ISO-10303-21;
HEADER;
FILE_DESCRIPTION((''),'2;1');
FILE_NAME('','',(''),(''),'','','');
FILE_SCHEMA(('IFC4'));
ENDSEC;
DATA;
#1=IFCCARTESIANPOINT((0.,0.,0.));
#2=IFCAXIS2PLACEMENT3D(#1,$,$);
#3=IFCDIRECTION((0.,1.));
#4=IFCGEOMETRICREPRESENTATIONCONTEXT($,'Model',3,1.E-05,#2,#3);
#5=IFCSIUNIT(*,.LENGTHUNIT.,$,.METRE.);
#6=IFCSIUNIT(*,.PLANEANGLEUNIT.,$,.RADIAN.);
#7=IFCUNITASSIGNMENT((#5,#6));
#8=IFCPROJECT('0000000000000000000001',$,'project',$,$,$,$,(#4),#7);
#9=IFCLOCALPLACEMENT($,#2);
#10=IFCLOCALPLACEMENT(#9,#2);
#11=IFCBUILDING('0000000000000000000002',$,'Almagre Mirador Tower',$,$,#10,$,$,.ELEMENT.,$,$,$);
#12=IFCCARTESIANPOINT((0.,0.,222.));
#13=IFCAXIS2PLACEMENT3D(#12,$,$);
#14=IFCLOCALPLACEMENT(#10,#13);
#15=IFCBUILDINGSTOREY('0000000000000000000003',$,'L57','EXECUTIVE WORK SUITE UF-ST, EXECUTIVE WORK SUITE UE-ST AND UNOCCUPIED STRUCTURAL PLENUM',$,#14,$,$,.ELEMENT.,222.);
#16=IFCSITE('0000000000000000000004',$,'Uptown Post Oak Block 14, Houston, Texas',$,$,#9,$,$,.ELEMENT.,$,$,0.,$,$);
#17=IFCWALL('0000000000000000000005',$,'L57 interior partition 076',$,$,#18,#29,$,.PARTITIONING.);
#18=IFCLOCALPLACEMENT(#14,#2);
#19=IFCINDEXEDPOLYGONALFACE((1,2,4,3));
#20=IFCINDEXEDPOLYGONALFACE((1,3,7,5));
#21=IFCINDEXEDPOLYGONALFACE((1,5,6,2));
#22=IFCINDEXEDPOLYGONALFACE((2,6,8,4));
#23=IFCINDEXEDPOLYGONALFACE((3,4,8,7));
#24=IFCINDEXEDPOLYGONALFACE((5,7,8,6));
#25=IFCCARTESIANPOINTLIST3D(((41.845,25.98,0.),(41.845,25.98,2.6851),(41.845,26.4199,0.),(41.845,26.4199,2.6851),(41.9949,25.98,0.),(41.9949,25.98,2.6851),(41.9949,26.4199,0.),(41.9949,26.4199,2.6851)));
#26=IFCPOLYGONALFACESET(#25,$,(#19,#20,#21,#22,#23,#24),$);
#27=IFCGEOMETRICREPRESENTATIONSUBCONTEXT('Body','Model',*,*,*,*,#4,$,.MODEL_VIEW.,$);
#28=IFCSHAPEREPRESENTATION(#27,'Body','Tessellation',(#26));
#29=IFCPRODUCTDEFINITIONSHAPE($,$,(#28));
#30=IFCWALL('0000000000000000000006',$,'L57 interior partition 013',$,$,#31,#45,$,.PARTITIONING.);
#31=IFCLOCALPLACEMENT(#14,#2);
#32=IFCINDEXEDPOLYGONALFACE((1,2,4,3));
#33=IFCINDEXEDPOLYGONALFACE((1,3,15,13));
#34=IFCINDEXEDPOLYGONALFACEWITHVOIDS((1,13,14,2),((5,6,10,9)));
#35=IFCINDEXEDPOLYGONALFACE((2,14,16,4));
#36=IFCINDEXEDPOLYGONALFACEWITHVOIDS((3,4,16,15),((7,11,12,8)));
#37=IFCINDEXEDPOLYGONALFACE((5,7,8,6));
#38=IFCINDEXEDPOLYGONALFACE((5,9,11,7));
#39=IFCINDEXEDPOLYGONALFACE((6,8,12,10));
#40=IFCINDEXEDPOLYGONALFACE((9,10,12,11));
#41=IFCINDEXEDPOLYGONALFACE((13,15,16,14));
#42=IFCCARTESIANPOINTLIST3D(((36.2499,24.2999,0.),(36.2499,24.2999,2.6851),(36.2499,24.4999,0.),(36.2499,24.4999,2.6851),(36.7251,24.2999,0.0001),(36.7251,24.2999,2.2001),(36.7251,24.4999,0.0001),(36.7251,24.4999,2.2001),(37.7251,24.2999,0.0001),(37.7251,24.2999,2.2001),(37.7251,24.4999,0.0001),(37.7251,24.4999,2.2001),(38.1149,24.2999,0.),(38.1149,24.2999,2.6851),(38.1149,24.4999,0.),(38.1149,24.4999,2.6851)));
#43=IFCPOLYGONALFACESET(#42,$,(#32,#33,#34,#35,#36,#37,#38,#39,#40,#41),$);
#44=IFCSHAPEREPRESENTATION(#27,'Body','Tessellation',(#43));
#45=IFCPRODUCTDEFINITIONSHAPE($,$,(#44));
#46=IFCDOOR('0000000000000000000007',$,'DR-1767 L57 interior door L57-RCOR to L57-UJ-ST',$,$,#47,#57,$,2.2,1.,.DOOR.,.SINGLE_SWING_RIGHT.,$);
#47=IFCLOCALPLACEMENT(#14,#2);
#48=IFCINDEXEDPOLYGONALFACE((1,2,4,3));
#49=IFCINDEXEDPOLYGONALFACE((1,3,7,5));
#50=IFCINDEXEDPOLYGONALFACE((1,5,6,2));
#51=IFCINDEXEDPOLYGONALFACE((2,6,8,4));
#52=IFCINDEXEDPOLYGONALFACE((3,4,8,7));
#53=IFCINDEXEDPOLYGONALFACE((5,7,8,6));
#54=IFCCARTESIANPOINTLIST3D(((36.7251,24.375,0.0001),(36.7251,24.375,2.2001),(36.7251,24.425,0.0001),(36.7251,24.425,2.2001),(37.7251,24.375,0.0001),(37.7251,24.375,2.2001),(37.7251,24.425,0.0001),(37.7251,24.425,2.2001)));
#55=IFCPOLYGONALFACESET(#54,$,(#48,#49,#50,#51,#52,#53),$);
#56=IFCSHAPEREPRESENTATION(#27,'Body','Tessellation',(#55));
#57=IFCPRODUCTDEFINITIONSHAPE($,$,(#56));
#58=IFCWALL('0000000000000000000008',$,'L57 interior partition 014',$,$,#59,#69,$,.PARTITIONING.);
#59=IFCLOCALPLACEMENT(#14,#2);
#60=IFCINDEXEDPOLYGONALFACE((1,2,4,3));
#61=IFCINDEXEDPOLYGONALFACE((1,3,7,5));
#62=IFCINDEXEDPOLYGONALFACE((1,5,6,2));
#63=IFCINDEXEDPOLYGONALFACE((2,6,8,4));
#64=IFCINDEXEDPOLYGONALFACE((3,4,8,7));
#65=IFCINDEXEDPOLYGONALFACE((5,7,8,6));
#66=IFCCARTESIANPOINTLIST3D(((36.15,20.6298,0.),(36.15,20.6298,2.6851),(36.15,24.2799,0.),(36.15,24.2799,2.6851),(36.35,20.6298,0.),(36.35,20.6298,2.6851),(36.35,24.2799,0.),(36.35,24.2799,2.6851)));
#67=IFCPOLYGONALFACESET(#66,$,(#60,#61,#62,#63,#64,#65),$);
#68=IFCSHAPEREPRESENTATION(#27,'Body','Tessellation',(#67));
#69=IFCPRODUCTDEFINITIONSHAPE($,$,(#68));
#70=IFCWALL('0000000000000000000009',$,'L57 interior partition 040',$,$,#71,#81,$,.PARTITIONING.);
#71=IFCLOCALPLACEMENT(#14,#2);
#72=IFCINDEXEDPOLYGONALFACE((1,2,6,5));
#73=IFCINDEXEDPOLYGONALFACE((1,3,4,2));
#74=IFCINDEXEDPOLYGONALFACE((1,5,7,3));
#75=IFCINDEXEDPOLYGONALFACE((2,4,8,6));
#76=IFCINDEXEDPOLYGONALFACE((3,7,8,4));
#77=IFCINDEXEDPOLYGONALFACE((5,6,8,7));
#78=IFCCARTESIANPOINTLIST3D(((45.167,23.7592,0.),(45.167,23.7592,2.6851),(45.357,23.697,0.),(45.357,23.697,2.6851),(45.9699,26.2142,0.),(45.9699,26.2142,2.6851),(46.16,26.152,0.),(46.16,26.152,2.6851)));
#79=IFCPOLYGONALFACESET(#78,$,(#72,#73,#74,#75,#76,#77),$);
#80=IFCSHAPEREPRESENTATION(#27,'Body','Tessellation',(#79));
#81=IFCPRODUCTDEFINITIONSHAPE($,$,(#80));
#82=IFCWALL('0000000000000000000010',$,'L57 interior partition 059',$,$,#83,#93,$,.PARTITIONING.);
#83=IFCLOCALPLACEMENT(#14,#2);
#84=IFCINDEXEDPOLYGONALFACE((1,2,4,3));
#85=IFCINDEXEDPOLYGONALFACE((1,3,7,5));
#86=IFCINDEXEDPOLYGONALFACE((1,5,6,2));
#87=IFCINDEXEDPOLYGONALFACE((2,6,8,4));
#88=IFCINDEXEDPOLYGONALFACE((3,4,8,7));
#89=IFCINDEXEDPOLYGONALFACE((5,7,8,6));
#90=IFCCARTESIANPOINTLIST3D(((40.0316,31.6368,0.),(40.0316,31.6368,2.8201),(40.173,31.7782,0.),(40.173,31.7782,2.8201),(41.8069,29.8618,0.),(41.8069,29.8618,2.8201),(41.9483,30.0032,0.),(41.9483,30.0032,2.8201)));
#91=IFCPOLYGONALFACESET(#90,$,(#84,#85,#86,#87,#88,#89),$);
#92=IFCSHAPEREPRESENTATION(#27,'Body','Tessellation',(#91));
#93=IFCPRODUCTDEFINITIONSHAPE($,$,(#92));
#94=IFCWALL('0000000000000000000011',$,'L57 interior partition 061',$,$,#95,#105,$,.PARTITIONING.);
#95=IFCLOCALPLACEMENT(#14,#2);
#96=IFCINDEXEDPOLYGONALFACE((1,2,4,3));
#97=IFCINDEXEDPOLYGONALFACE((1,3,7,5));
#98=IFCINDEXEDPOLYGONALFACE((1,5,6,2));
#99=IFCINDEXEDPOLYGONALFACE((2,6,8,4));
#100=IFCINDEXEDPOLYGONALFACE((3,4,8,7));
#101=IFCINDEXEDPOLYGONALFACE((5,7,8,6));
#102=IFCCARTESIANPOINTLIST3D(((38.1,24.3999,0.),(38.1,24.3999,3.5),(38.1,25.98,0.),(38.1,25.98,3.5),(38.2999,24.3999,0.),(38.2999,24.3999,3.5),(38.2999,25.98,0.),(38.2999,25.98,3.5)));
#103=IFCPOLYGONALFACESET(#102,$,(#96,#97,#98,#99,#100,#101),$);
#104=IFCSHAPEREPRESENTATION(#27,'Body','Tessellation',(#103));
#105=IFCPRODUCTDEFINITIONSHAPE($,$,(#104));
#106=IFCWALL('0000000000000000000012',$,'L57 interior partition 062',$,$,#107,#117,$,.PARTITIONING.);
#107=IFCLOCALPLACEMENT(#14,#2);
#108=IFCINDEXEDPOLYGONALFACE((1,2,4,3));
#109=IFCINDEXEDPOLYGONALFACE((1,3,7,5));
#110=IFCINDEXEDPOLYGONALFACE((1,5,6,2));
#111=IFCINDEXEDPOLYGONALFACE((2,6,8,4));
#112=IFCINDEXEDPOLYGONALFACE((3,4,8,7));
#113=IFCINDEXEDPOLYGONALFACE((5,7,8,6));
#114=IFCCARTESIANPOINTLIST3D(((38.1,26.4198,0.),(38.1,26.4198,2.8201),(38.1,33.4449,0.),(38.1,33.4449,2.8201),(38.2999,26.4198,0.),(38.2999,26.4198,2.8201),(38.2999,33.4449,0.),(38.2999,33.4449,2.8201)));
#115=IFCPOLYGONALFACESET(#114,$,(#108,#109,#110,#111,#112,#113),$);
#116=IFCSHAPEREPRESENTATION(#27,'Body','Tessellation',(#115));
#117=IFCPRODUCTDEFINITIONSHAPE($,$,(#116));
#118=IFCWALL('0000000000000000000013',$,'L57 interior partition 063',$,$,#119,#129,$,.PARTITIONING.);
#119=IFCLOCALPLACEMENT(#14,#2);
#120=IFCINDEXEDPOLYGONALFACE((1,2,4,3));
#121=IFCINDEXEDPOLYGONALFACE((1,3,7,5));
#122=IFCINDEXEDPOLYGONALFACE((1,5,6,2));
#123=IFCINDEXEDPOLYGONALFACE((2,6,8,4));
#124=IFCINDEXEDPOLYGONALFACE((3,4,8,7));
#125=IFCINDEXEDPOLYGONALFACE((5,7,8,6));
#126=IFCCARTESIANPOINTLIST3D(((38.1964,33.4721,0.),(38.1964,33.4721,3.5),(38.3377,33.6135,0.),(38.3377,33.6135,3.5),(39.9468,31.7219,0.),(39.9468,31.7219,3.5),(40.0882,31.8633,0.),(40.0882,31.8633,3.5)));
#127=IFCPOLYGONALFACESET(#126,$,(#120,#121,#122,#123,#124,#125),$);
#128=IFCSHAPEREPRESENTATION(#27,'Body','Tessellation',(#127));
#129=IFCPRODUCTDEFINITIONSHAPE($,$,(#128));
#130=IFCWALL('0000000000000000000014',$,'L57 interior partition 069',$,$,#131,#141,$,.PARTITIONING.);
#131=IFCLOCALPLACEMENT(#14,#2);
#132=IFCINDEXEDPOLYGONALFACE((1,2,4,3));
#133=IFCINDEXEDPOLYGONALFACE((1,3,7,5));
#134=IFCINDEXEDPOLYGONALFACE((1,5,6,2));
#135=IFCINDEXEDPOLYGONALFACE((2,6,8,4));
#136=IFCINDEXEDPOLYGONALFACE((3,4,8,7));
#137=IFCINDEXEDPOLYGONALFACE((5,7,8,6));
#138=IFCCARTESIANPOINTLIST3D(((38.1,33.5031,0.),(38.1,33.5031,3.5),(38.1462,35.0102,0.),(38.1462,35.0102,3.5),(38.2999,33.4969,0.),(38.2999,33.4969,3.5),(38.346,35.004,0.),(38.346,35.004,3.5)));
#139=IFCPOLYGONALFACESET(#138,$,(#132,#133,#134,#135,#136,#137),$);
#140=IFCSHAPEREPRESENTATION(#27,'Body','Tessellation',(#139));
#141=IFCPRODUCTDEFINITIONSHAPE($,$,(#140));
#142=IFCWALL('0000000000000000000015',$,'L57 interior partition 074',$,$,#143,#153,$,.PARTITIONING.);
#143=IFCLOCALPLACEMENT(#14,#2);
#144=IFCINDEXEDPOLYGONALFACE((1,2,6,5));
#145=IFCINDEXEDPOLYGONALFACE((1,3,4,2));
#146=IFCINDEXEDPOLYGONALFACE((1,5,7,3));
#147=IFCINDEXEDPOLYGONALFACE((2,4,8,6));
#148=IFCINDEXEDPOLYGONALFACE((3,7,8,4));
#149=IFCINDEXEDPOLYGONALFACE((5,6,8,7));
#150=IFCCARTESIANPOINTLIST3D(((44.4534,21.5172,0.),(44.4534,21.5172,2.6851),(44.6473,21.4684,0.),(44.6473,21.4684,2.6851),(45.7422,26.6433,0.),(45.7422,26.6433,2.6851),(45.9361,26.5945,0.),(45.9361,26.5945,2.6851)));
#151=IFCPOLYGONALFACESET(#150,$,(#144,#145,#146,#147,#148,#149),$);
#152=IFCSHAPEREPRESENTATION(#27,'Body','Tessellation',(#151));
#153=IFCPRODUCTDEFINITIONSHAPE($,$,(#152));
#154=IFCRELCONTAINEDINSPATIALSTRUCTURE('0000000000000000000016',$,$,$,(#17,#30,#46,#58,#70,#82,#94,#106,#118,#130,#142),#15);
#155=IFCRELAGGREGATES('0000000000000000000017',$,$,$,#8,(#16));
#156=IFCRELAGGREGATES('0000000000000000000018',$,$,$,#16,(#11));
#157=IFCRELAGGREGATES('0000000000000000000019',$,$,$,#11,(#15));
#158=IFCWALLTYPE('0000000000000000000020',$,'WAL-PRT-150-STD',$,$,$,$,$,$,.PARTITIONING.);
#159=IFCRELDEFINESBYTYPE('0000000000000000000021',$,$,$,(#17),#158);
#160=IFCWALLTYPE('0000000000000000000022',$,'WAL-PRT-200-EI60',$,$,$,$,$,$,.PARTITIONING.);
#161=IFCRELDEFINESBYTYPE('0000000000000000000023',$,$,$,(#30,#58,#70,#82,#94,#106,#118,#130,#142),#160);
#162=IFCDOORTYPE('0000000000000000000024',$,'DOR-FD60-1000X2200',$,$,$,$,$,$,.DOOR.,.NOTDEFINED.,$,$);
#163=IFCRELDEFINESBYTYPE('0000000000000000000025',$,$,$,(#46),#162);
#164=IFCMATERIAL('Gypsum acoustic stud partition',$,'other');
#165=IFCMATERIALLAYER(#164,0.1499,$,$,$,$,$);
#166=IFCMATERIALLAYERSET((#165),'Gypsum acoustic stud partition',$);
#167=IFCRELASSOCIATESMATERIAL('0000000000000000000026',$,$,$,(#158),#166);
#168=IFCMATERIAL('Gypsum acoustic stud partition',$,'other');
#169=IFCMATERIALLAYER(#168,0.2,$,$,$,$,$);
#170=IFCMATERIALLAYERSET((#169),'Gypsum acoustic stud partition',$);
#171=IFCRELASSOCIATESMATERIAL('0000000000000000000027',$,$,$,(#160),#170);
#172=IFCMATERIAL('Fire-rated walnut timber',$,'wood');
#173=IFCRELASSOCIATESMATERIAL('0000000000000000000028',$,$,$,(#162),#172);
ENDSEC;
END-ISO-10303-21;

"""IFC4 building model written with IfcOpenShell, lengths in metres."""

from ifc_helpers import new_model, si_unit, direction, frame, frame_2d, origin, place, context, subcontext, project, spatial, rectangle, extrude, material, layer, layer_set, type_object, element, fill, save


model = new_model("IFC4")

# Units and contexts
model_context = context("Model", 3, precision=1e-05, world=origin(), true_north=direction((0.0, 1.0)))
body_context = subcontext(model_context, "Body", "Model", "MODEL_VIEW")
ifc_project = project(units=[si_unit("LENGTHUNIT", "METRE"), si_unit("PLANEANGLEUNIT", "RADIAN")], contexts=[model_context])

# Site, building, storey
site_placement = place(None, origin())
site = spatial("IfcSite", under=ifc_project, at=site_placement, Name="Uptown Post Oak Block 14, Houston, Texas", CompositionType="ELEMENT", RefElevation=0.0)
building_placement = place(site_placement, origin())
building = spatial("IfcBuilding", under=site, at=building_placement, Name="Almagre Mirador Tower", CompositionType="ELEMENT")
storey_placement = place(building_placement, frame((0.0, 0.0, 222.0)))
storey = spatial("IfcBuildingStorey", under=building, at=storey_placement, Name="L57", Description="EXECUTIVE WORK SUITE UF-ST, EXECUTIVE WORK SUITE UE-ST AND UNOCCUPIED STRUCTURAL PLENUM", CompositionType="ELEMENT", Elevation=222.0)

# Wall
ifc_material_1 = material(Name="Gypsum acoustic stud partition", Category="other")
ifc_layer_1 = layer(ifc_material_1, 0.1499)
ifc_layer_set_1 = layer_set([ifc_layer_1], Name="Gypsum acoustic stud partition")
wall_type_1 = type_object("IfcWallType", Name="WAL-PRT-150-STD", PredefinedType="PARTITIONING", material=ifc_layer_set_1)
wall_1_placement = place(storey_placement, frame((41.9199, 25.98, 0.0), z_axis=(0.0, 0.0, 1.0), x_axis=(0.0, 1.0, 0.0)))
element("IfcWall", 1, at=wall_1_placement, inside=storey, type_object=wall_type_1, Name="L57 interior partition 076", PredefinedType="PARTITIONING", context=body_context, shape_type="SweptSolid", body=[
    extrude(rectangle(XDim=0.4399, YDim=0.1499, at=frame_2d((0.22, 0.0))), origin(), (0.0, 0.0, 1.0), 2.6851),
])

# Wall, opening, door
ifc_material_2 = material(Name="Gypsum acoustic stud partition", Category="other")
ifc_layer_2 = layer(ifc_material_2, 0.2)
ifc_layer_set_2 = layer_set([ifc_layer_2], Name="Gypsum acoustic stud partition")
wall_type_2 = type_object("IfcWallType", Name="WAL-PRT-200-EI60", PredefinedType="PARTITIONING", material=ifc_layer_set_2)
wall_2_placement = place(storey_placement, frame((38.115, 24.3999, 0.0), z_axis=(0.0, 0.0, 1.0), x_axis=(-1.0, 0.0, 0.0)))
wall_2 = element("IfcWall", 2, at=wall_2_placement, inside=storey, type_object=wall_type_2, Name="L57 interior partition 013", PredefinedType="PARTITIONING", context=body_context, shape_type="SweptSolid", body=[
    extrude(rectangle(XDim=1.865, YDim=0.2, at=frame_2d((0.9326, 0.0))), origin(), (0.0, 0.0, 1.0), 2.6851),
])
opening_1_placement = place(wall_2_placement, frame((0.3899, 0.0, 0.0)))
opening_1 = element("IfcOpeningElement", 3, at=opening_1_placement, cuts=wall_2, PredefinedType="OPENING", context=body_context, shape_type="SweptSolid", body=[
    extrude(rectangle(XDim=1.0, YDim=2.2, at=frame_2d((0.5, 1.1001))), frame((0.0, 0.1101, 0.0), z_axis=(0.0, -1.0, 0.0), x_axis=(1.0, 0.0, 0.0)), (0.0, 0.0, 1.0), 0.22),
])
ifc_material_3 = material(Name="Fire-rated walnut timber", Category="wood")
door_type = type_object("IfcDoorType", Name="DOR-FD60-1000X2200", OperationType="NOTDEFINED", PredefinedType="DOOR", material=ifc_material_3)
door_placement = place(opening_1_placement, origin())
door = element("IfcDoor", 4, at=door_placement, inside=storey, type_object=door_type, Name="DR-1767 L57 interior door L57-RCOR to L57-UJ-ST", OperationType="SINGLE_SWING_RIGHT", OverallHeight=2.2, OverallWidth=1.0, PredefinedType="DOOR", context=body_context, shape_type="SweptSolid", body=[
    extrude(rectangle(XDim=1.0, YDim=2.2, at=frame_2d((0.5, 1.1001))), frame((0.0, 0.0249, 0.0), z_axis=(0.0, -1.0, 0.0), x_axis=(1.0, 0.0, 0.0)), (0.0, 0.0, 1.0), 0.05),
])
fill(opening_1, door)

# Walls
wall_3_placement = place(storey_placement, frame((36.25, 24.28, 0.0), z_axis=(0.0, 0.0, 1.0), x_axis=(0.0, -1.0, 0.0)))
element("IfcWall", 5, at=wall_3_placement, inside=storey, type_object=wall_type_2, Name="L57 interior partition 014", PredefinedType="PARTITIONING", context=body_context, shape_type="SweptSolid", body=[
    extrude(rectangle(XDim=3.6501, YDim=0.2, at=frame_2d((1.8252, 0.0))), origin(), (0.0, 0.0, 1.0), 2.6851),
])
wall_4_placement = place(storey_placement, frame((46.0649, 26.1831, 0.0), z_axis=(0.0, 0.0, 1.0), x_axis=(-0.310864, -0.950455, 0.0)))
element("IfcWall", 6, at=wall_4_placement, inside=storey, type_object=wall_type_2, Name="L57 interior partition 040", PredefinedType="PARTITIONING", context=body_context, shape_type="SweptSolid", body=[
    extrude(rectangle(XDim=2.583, YDim=0.2, at=frame_2d((1.2915, 0.0))), origin(), (0.0, 0.0, 1.0), 2.6851),
])
wall_5_placement = place(storey_placement, frame((41.8777, 29.9324, 0.0), z_axis=(0.0, 0.0, 1.0), x_axis=(-0.707155, 0.707058, 0.0)))
element("IfcWall", 7, at=wall_5_placement, inside=storey, type_object=wall_type_2, Name="L57 interior partition 059", PredefinedType="PARTITIONING", context=body_context, shape_type="SweptSolid", body=[
    extrude(rectangle(XDim=2.5105, YDim=0.2, at=frame_2d((1.2554, 0.0))), origin(), (0.0, 0.0, 1.0), 2.8201),
])
wall_6_placement = place(storey_placement, frame((38.2, 25.98, 0.0), z_axis=(0.0, 0.0, 1.0), x_axis=(0.0, -1.0, 0.0)))
element("IfcWall", 8, at=wall_6_placement, inside=storey, type_object=wall_type_2, Name="L57 interior partition 061", PredefinedType="PARTITIONING", context=body_context, shape_type="SweptSolid", body=[
    extrude(rectangle(XDim=1.5801, YDim=0.2, at=frame_2d((0.79, 0.0))), origin(), (0.0, 0.0, 1.0), 3.5),
])
wall_7_placement = place(storey_placement, frame((38.2, 33.4451, 0.0), z_axis=(0.0, 0.0, 1.0), x_axis=(0.0, -1.0, 0.0)))
element("IfcWall", 9, at=wall_7_placement, inside=storey, type_object=wall_type_2, Name="L57 interior partition 062", PredefinedType="PARTITIONING", context=body_context, shape_type="SweptSolid", body=[
    extrude(rectangle(XDim=7.0251, YDim=0.2, at=frame_2d((3.5127, 0.0))), origin(), (0.0, 0.0, 1.0), 2.8201),
])
wall_8_placement = place(storey_placement, frame((40.0176, 31.7925, 0.0), z_axis=(0.0, 0.0, 1.0), x_axis=(-0.707156, 0.707057, 0.0)))
element("IfcWall", 10, at=wall_8_placement, inside=storey, type_object=wall_type_2, Name="L57 interior partition 063", PredefinedType="PARTITIONING", context=body_context, shape_type="SweptSolid", body=[
    extrude(rectangle(XDim=2.4753, YDim=0.2, at=frame_2d((1.2378, 0.0))), origin(), (0.0, 0.0, 1.0), 3.5),
])
wall_9_placement = place(storey_placement, frame((38.2, 33.5, 0.0), z_axis=(0.0, 0.0, 1.0), x_axis=(0.030603, 0.999532, 0.0)))
element("IfcWall", 11, at=wall_9_placement, inside=storey, type_object=wall_type_2, Name="L57 interior partition 069", PredefinedType="PARTITIONING", context=body_context, shape_type="SweptSolid", body=[
    extrude(rectangle(XDim=1.5078, YDim=0.2, at=frame_2d((0.7539, 0.0))), origin(), (0.0, 0.0, 1.0), 3.5),
])
wall_10_placement = place(storey_placement, frame((45.8391, 26.6189, 0.0), z_axis=(0.0, 0.0, 1.0), x_axis=(-0.243829, -0.969818, 0.0)))
element("IfcWall", 12, at=wall_10_placement, inside=storey, type_object=wall_type_2, Name="L57 interior partition 074", PredefinedType="PARTITIONING", context=body_context, shape_type="SweptSolid", body=[
    extrude(rectangle(XDim=5.2856, YDim=0.2, at=frame_2d((2.6428, 0.0))), origin(), (0.0, 0.0, 1.0), 2.6851),
])

save(model, "model.ifc")
